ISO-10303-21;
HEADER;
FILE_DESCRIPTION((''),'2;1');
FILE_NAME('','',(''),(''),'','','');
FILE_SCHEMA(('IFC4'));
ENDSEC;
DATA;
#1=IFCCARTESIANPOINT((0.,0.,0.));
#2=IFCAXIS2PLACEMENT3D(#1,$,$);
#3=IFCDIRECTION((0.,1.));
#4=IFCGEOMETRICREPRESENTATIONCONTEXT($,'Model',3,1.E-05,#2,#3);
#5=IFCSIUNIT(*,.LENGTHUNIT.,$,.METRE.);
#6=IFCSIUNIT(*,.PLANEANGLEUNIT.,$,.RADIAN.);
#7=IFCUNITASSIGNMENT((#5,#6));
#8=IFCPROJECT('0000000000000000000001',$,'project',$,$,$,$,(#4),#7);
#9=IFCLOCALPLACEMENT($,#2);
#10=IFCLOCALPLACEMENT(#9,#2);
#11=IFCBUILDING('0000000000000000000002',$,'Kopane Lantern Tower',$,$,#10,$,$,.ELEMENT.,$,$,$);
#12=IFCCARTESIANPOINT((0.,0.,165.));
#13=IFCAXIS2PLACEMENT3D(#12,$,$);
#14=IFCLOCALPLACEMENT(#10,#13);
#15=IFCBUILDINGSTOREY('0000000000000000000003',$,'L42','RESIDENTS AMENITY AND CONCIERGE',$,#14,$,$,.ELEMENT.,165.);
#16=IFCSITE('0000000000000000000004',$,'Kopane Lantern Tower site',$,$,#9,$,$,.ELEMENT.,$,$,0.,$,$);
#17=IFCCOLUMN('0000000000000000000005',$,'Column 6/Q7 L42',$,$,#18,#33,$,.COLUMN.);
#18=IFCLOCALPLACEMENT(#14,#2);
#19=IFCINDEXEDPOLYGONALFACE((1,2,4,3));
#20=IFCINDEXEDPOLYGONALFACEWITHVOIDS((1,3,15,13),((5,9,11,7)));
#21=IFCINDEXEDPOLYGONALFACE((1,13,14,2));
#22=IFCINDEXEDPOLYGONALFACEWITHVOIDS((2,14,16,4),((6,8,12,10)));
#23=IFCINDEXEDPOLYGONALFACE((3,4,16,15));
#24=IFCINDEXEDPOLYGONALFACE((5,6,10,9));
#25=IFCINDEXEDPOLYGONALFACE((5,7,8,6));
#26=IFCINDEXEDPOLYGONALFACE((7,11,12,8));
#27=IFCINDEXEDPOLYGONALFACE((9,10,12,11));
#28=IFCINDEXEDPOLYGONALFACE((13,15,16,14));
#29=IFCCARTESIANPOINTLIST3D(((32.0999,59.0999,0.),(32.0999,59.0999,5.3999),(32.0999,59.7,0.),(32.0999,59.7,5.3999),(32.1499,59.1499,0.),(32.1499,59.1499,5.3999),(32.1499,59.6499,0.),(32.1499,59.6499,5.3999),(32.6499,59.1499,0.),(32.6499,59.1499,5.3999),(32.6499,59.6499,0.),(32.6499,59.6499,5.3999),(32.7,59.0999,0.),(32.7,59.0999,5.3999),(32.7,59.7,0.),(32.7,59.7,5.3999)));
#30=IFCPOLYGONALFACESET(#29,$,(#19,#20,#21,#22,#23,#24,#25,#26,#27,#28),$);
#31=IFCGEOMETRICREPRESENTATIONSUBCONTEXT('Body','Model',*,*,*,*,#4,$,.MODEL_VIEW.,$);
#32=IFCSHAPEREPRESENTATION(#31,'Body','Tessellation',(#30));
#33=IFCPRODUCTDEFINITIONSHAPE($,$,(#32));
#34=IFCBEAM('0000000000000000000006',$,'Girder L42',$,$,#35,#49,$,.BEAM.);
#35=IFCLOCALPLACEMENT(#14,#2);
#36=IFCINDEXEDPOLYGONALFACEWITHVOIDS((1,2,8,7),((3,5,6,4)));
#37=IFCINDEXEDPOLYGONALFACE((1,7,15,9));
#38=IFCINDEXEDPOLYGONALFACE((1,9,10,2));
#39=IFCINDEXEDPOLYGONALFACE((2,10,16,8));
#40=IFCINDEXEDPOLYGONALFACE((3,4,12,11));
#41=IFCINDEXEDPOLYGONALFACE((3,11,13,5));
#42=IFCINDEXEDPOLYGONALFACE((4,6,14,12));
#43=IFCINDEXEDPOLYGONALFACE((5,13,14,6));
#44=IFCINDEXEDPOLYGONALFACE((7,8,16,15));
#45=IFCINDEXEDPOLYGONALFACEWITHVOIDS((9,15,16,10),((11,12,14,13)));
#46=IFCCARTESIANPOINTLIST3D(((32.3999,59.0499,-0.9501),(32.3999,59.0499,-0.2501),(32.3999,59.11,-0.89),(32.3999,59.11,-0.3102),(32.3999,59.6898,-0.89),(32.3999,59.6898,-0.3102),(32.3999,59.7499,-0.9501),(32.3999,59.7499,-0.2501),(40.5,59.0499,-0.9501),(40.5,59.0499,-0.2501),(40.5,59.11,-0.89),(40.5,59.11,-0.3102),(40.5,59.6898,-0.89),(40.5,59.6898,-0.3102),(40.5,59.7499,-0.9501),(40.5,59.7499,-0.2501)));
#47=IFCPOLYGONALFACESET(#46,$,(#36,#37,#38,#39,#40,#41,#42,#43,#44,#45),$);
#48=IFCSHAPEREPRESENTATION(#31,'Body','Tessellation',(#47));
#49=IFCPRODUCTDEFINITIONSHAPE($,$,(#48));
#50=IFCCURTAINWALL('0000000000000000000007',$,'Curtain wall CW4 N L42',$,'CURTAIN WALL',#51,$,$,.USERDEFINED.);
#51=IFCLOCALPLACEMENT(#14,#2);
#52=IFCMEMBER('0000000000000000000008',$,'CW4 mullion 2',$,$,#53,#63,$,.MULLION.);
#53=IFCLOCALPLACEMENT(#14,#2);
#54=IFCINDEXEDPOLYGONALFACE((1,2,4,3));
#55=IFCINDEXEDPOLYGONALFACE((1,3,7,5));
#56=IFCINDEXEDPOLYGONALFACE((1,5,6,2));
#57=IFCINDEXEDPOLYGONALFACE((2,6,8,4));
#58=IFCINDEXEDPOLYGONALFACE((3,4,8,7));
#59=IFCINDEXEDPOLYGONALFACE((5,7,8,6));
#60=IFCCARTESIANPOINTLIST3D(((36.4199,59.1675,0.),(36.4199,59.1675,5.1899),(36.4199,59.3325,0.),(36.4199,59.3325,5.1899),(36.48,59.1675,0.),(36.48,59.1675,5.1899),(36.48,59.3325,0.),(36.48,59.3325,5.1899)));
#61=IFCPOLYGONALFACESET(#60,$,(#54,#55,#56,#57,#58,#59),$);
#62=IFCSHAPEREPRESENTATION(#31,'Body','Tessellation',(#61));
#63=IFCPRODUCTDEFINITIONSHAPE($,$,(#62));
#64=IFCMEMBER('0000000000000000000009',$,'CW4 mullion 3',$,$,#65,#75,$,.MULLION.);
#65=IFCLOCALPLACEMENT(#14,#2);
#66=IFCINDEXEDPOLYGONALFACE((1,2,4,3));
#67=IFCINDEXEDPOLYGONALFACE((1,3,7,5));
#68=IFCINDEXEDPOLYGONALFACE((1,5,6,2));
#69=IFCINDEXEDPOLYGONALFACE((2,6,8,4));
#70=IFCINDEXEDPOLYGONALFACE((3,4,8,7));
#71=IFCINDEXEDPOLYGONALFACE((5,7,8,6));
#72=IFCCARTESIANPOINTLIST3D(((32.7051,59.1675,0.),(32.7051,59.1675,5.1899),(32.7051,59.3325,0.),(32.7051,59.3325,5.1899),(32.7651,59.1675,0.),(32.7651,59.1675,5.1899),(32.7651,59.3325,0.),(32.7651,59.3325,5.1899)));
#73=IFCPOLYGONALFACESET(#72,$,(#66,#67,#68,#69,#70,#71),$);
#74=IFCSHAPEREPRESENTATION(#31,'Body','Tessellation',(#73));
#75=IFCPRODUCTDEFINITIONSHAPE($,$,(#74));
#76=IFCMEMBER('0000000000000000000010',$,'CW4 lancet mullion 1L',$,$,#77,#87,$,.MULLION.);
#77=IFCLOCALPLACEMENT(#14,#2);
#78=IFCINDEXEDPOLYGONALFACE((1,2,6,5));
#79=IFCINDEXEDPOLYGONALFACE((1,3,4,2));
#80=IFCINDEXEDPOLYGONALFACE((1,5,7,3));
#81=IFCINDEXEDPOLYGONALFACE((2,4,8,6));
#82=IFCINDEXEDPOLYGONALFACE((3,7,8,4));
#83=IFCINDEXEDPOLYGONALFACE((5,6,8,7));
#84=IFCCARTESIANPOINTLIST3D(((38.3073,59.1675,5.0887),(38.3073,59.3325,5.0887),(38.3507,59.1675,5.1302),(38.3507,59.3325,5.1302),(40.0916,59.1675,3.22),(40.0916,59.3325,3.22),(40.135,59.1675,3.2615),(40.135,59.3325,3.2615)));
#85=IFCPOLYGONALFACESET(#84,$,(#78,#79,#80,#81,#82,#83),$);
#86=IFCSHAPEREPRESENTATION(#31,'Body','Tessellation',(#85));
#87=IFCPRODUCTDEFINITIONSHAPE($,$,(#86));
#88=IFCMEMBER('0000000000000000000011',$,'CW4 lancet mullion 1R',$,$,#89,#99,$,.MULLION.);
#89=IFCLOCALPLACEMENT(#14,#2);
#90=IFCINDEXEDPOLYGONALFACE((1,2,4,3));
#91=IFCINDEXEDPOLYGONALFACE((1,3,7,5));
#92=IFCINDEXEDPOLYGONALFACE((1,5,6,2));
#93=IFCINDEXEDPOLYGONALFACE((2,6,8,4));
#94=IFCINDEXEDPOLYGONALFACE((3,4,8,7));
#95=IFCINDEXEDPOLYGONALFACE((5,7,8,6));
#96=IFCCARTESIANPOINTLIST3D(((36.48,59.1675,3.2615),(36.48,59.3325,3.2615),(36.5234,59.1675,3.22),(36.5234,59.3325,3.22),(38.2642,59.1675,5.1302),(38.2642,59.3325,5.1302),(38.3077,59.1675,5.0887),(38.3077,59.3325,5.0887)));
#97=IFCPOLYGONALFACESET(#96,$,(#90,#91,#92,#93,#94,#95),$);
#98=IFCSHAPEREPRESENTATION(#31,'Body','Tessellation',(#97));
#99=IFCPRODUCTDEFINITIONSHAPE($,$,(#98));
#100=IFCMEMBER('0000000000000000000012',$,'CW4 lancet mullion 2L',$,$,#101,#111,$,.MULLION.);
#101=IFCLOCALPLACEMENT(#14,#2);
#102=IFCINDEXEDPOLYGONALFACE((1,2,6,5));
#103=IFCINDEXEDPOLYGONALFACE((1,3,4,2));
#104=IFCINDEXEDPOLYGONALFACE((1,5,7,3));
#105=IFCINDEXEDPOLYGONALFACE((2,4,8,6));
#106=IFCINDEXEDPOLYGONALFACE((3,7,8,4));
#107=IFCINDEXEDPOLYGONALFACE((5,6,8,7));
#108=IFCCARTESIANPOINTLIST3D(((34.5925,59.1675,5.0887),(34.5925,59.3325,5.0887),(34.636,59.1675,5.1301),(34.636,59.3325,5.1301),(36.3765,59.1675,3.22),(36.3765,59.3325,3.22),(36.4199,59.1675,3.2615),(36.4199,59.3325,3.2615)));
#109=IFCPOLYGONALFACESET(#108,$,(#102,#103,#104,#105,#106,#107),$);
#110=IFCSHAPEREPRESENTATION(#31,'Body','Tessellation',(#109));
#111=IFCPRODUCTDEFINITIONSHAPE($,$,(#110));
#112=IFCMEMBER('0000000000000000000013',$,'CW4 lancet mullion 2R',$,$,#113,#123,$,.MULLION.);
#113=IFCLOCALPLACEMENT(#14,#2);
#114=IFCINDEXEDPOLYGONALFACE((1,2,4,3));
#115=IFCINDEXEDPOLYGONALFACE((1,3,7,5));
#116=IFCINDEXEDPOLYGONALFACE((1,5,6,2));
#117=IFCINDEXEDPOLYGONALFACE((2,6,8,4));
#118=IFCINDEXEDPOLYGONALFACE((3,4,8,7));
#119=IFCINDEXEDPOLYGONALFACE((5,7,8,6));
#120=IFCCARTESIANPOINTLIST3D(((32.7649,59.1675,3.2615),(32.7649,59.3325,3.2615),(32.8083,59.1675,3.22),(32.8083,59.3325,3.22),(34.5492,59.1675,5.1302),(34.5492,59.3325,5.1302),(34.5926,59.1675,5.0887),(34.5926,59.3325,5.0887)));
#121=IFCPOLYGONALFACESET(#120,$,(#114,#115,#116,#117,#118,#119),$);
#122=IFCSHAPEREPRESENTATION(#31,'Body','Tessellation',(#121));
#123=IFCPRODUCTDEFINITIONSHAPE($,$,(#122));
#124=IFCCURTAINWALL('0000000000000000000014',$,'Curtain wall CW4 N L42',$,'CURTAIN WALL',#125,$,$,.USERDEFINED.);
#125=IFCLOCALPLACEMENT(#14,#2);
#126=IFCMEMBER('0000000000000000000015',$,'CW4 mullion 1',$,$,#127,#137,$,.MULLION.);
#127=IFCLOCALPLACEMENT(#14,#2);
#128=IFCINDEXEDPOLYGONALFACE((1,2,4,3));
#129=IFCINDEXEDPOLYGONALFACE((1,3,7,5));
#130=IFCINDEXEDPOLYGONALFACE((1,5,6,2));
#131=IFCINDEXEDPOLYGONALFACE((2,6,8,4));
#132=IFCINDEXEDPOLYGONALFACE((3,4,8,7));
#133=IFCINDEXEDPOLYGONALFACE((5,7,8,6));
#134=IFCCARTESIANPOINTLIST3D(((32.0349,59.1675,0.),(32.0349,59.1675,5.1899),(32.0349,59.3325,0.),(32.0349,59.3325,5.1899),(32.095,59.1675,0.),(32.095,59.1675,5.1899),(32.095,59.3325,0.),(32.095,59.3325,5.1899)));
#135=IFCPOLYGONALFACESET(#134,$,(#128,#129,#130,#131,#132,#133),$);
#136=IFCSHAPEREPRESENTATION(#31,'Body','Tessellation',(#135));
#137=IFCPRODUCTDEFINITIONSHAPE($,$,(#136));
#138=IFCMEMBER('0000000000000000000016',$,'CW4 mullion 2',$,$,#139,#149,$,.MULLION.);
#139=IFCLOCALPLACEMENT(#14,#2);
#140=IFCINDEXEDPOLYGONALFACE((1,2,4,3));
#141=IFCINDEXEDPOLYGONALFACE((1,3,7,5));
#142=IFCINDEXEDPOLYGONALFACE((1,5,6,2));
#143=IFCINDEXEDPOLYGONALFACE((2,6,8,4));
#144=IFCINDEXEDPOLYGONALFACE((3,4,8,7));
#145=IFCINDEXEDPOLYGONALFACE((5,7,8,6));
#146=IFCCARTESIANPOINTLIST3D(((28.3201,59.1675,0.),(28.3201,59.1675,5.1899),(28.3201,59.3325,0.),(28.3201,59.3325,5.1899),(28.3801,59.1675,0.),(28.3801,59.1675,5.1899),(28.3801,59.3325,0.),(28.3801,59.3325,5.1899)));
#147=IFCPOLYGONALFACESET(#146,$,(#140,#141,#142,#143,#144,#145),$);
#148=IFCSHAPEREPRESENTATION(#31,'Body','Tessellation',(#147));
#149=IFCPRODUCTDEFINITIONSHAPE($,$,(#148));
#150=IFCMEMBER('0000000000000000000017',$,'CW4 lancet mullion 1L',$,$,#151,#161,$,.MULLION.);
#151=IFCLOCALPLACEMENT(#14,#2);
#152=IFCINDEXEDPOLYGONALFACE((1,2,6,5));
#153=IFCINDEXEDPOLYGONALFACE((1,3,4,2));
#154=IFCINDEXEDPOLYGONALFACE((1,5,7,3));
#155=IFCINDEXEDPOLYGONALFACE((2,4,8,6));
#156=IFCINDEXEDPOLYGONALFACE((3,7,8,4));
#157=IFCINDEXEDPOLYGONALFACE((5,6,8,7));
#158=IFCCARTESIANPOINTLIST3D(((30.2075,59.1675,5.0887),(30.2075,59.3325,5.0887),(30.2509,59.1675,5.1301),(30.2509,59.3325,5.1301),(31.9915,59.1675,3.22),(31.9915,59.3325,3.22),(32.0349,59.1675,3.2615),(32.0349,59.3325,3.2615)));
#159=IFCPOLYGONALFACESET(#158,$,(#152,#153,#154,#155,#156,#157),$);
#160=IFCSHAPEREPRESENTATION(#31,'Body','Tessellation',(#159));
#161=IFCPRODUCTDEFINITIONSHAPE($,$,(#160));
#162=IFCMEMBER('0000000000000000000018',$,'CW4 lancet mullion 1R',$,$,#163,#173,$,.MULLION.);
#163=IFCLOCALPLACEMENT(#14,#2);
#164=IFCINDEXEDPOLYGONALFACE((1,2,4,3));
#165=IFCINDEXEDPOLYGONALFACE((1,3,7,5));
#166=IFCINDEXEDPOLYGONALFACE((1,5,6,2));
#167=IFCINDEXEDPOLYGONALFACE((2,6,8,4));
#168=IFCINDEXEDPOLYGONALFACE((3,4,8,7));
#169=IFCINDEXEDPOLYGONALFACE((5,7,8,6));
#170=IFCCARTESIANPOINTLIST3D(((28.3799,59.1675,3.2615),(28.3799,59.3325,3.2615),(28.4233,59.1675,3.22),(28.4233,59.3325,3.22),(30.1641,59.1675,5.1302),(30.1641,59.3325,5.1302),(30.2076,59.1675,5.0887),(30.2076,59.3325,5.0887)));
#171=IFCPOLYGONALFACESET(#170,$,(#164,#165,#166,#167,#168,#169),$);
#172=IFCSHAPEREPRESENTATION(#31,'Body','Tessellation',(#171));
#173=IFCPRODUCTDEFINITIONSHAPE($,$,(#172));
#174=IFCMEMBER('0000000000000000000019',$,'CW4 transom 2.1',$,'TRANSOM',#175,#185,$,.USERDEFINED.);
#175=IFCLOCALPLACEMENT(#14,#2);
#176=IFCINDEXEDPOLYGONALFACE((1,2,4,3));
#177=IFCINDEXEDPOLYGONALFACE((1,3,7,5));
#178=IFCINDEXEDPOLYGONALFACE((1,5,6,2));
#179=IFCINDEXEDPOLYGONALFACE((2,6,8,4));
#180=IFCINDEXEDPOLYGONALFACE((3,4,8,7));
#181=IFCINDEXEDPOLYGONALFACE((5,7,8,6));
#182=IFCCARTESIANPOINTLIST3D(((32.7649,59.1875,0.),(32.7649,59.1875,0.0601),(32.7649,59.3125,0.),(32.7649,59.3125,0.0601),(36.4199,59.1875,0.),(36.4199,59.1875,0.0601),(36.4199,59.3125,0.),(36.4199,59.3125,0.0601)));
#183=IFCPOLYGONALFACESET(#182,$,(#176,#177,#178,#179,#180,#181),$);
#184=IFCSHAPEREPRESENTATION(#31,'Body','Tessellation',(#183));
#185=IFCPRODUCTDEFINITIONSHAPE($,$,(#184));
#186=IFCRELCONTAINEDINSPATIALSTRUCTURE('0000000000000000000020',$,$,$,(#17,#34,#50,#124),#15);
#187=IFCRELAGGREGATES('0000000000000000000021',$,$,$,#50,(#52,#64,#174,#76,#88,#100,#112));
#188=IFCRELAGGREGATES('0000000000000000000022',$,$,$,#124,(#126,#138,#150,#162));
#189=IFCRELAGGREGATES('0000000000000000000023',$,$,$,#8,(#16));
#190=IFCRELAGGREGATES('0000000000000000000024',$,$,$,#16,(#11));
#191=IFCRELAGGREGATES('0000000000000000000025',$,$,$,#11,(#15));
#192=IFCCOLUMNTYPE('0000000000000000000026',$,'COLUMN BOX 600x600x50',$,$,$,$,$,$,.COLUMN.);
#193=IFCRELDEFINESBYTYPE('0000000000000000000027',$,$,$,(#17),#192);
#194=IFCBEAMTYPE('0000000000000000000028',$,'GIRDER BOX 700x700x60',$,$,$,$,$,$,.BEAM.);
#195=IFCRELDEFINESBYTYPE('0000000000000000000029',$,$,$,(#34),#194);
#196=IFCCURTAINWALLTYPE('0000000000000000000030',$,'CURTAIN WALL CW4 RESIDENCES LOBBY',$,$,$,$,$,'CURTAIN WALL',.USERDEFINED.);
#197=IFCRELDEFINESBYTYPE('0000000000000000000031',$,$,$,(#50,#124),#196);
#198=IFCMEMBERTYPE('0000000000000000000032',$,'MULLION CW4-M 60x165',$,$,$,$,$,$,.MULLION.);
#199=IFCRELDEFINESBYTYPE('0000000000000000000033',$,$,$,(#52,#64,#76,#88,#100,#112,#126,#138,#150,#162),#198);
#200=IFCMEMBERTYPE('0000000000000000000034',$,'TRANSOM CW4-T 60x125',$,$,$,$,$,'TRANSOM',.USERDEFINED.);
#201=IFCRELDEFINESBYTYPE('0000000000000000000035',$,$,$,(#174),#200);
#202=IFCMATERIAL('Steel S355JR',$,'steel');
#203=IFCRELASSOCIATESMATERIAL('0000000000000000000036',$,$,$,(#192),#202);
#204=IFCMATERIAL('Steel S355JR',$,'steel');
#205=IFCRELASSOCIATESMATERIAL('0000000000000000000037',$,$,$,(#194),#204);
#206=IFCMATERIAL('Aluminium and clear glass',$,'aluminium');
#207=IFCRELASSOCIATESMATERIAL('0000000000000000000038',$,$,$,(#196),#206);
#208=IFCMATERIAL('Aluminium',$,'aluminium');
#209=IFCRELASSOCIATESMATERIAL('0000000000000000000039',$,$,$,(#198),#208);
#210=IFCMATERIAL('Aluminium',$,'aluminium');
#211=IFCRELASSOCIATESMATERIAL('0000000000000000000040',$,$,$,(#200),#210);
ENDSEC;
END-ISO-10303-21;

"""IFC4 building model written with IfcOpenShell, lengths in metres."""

from ifc_helpers import new_model, si_unit, direction, frame, origin, origin_2d, place, context, subcontext, project, spatial, rectangle, hollow_rectangle, extrude, material, material_profile, profile_set, type_object, element, aggregate, save


model = new_model("IFC4")

# Units and contexts
model_context = context("Model", 3, precision=1e-05, world=origin(), true_north=direction((0.0, 1.0)))
body_context = subcontext(model_context, "Body", "Model", "MODEL_VIEW")
ifc_project = project(units=[si_unit("LENGTHUNIT", "METRE"), si_unit("PLANEANGLEUNIT", "RADIAN")], contexts=[model_context])

# Site, building, storey
site_placement = place(None, origin())
site = spatial("IfcSite", under=ifc_project, at=site_placement, Name="Kopane Lantern Tower site", CompositionType="ELEMENT", RefElevation=0.0)
building_placement = place(site_placement, origin())
building = spatial("IfcBuilding", under=site, at=building_placement, Name="Kopane Lantern Tower", CompositionType="ELEMENT")
storey_placement = place(building_placement, frame((0.0, 0.0, 165.0)))
storey = spatial("IfcBuildingStorey", under=building, at=storey_placement, Name="L42", Description="RESIDENTS AMENITY AND CONCIERGE", CompositionType="ELEMENT", Elevation=165.0)

# Column
ifc_material_1 = material(Name="Steel S355JR", Category="steel")
ifc_material_profile_1 = material_profile(ifc_material_1, hollow_rectangle(XDim=0.6001, YDim=0.6001, WallThickness=0.05, at=origin_2d()), Name="BOX 600x600x50")
ifc_profile_set_1 = profile_set([ifc_material_profile_1], Name="Steel S355JR")
column_type = type_object("IfcColumnType", Name="COLUMN BOX 600x600x50", PredefinedType="COLUMN", material=ifc_profile_set_1)
column_placement = place(storey_placement, frame((32.3999, 59.3999, 0.0), z_axis=(0.0, 0.0, 1.0), x_axis=(1.0, 0.0, 0.0)))
element("IfcColumn", 1, at=column_placement, inside=storey, type_object=column_type, Name="Column 6/Q7 L42", PredefinedType="COLUMN", context=body_context, shape_type="SweptSolid", body=[
    extrude(hollow_rectangle(XDim=0.6001, YDim=0.6001, WallThickness=0.05, at=origin_2d()), origin(), (0.0, 0.0, 1.0), 5.3999),
])

# Beam
ifc_material_2 = material(Name="Steel S355JR", Category="steel")
ifc_material_profile_2 = material_profile(ifc_material_2, hollow_rectangle(XDim=0.7, YDim=0.7, WallThickness=0.0601, at=origin_2d()), Name="BOX 700x700x60")
ifc_profile_set_2 = profile_set([ifc_material_profile_2], Name="Steel S355JR")
beam_type = type_object("IfcBeamType", Name="GIRDER BOX 700x700x60", PredefinedType="BEAM", material=ifc_profile_set_2)
beam_placement = place(storey_placement, frame((32.3999, 59.3999, -0.6001), z_axis=(1.0, 0.0, 0.0), x_axis=(0.0, 1.0, 0.0)))
element("IfcBeam", 2, at=beam_placement, inside=storey, type_object=beam_type, Name="Girder L42", PredefinedType="BEAM", context=body_context, shape_type="SweptSolid", body=[
    extrude(hollow_rectangle(XDim=0.7, YDim=0.7, WallThickness=0.0601, at=origin_2d()), origin(), (0.0, 0.0, 1.0), 8.1001),
])

# Curtain walls, members
ifc_material_3 = material(Name="Aluminium and clear glass", Category="aluminium")
curtain_wall_type = type_object("IfcCurtainWallType", Name="CURTAIN WALL CW4 RESIDENCES LOBBY", ElementType="CURTAIN WALL", PredefinedType="USERDEFINED", material=ifc_material_3)
curtain_wall_1_placement = place(storey_placement, origin())
curtain_wall_1 = element("IfcCurtainWall", 3, at=curtain_wall_1_placement, inside=storey, type_object=curtain_wall_type, Name="Curtain wall CW4 N L42", ObjectType="CURTAIN WALL", PredefinedType="USERDEFINED")
ifc_material_4 = material(Name="Aluminium", Category="aluminium")
ifc_material_profile_3 = material_profile(ifc_material_4, rectangle(XDim=0.0601, YDim=0.165, at=origin_2d()), Name="AL 60x165")
ifc_profile_set_3 = profile_set([ifc_material_profile_3], Name="Aluminium")
member_type_1 = type_object("IfcMemberType", Name="MULLION CW4-M 60x165", PredefinedType="MULLION", material=ifc_profile_set_3)
member_1_placement = place(storey_placement, frame((36.45, 59.25, 0.0), z_axis=(0.0, 0.0, 1.0), x_axis=(-1.0, 0.0, 0.0)))
member_1 = element("IfcMember", 4, at=member_1_placement, type_object=member_type_1, Name="CW4 mullion 2", PredefinedType="MULLION", context=body_context, shape_type="SweptSolid", body=[
    extrude(rectangle(XDim=0.0601, YDim=0.165, at=origin_2d()), origin(), (0.0, 0.0, 1.0), 5.1899),
])
member_2_placement = place(storey_placement, frame((32.7351, 59.25, 0.0), z_axis=(0.0, 0.0, 1.0), x_axis=(-1.0, 0.0, 0.0)))
member_2 = element("IfcMember", 5, at=member_2_placement, type_object=member_type_1, Name="CW4 mullion 3", PredefinedType="MULLION", context=body_context, shape_type="SweptSolid", body=[
    extrude(rectangle(XDim=0.0601, YDim=0.165, at=origin_2d()), origin(), (0.0, 0.0, 1.0), 5.1899),
])
member_3_placement = place(storey_placement, frame((40.1133, 59.25, 3.2407), z_axis=(-0.69057, 0.0, 0.723265), x_axis=(0.723265, 0.0, 0.69057)))
member_3 = element("IfcMember", 6, at=member_3_placement, type_object=member_type_1, Name="CW4 lancet mullion 1L", PredefinedType="MULLION", context=body_context, shape_type="SweptSolid", body=[
    extrude(rectangle(XDim=0.0601, YDim=0.165, at=origin_2d()), origin(), (0.0, 0.0, 1.0), 2.5837),
])
member_4_placement = place(storey_placement, frame((36.5017, 59.25, 3.2407), z_axis=(0.69057, 0.0, 0.723265), x_axis=(-0.723265, 0.0, 0.69057)))
member_4 = element("IfcMember", 7, at=member_4_placement, type_object=member_type_1, Name="CW4 lancet mullion 1R", PredefinedType="MULLION", context=body_context, shape_type="SweptSolid", body=[
    extrude(rectangle(XDim=0.0601, YDim=0.165, at=origin_2d()), origin(), (0.0, 0.0, 1.0), 2.5837),
])
member_5_placement = place(storey_placement, frame((36.3982, 59.25, 3.2407), z_axis=(-0.690521, 0.0, 0.723313), x_axis=(0.723313, 0.0, 0.690521)))
member_5 = element("IfcMember", 8, at=member_5_placement, type_object=member_type_1, Name="CW4 lancet mullion 2L", PredefinedType="MULLION", context=body_context, shape_type="SweptSolid", body=[
    extrude(rectangle(XDim=0.0601, YDim=0.165, at=origin_2d()), origin(), (0.0, 0.0, 1.0), 2.5835),
])
member_6_placement = place(storey_placement, frame((32.7866, 59.25, 3.2407), z_axis=(0.69057, 0.0, 0.723265), x_axis=(-0.723265, 0.0, 0.69057)))
member_6 = element("IfcMember", 9, at=member_6_placement, type_object=member_type_1, Name="CW4 lancet mullion 2R", PredefinedType="MULLION", context=body_context, shape_type="SweptSolid", body=[
    extrude(rectangle(XDim=0.0601, YDim=0.165, at=origin_2d()), origin(), (0.0, 0.0, 1.0), 2.5837),
])
curtain_wall_2_placement = place(storey_placement, origin())
curtain_wall_2 = element("IfcCurtainWall", 10, at=curtain_wall_2_placement, inside=storey, type_object=curtain_wall_type, Name="Curtain wall CW4 N L42", ObjectType="CURTAIN WALL", PredefinedType="USERDEFINED")
member_7_placement = place(storey_placement, frame((32.0649, 59.25, 0.0), z_axis=(0.0, 0.0, 1.0), x_axis=(-1.0, 0.0, 0.0)))
member_7 = element("IfcMember", 11, at=member_7_placement, type_object=member_type_1, Name="CW4 mullion 1", PredefinedType="MULLION", context=body_context, shape_type="SweptSolid", body=[
    extrude(rectangle(XDim=0.0601, YDim=0.165, at=origin_2d()), origin(), (0.0, 0.0, 1.0), 5.1899),
])
member_8_placement = place(storey_placement, frame((28.3501, 59.25, 0.0), z_axis=(0.0, 0.0, 1.0), x_axis=(-1.0, 0.0, 0.0)))
member_8 = element("IfcMember", 12, at=member_8_placement, type_object=member_type_1, Name="CW4 mullion 2", PredefinedType="MULLION", context=body_context, shape_type="SweptSolid", body=[
    extrude(rectangle(XDim=0.0601, YDim=0.165, at=origin_2d()), origin(), (0.0, 0.0, 1.0), 5.1899),
])
member_9_placement = place(storey_placement, frame((32.0132, 59.25, 3.2407), z_axis=(-0.690521, 0.0, 0.723313), x_axis=(0.723313, 0.0, 0.690521)))
member_9 = element("IfcMember", 13, at=member_9_placement, type_object=member_type_1, Name="CW4 lancet mullion 1L", PredefinedType="MULLION", context=body_context, shape_type="SweptSolid", body=[
    extrude(rectangle(XDim=0.0601, YDim=0.165, at=origin_2d()), origin(), (0.0, 0.0, 1.0), 2.5835),
])
member_10_placement = place(storey_placement, frame((28.4016, 59.25, 3.2407), z_axis=(0.69057, 0.0, 0.723265), x_axis=(-0.723265, 0.0, 0.69057)))
member_10 = element("IfcMember", 14, at=member_10_placement, type_object=member_type_1, Name="CW4 lancet mullion 1R", PredefinedType="MULLION", context=body_context, shape_type="SweptSolid", body=[
    extrude(rectangle(XDim=0.0601, YDim=0.165, at=origin_2d()), origin(), (0.0, 0.0, 1.0), 2.5837),
])

# Member
ifc_material_5 = material(Name="Aluminium", Category="aluminium")
ifc_material_profile_4 = material_profile(ifc_material_5, rectangle(XDim=0.125, YDim=0.0601, at=origin_2d()), Name="AL 125x60")
ifc_profile_set_4 = profile_set([ifc_material_profile_4], Name="Aluminium")
member_type_2 = type_object("IfcMemberType", Name="TRANSOM CW4-T 60x125", ElementType="TRANSOM", PredefinedType="USERDEFINED", material=ifc_profile_set_4)
member_11_placement = place(storey_placement, frame((36.4199, 59.25, 0.03), z_axis=(-1.0, 0.0, 0.0), x_axis=(0.0, -1.0, 0.0)))
member_11 = element("IfcMember", 15, at=member_11_placement, type_object=member_type_2, Name="CW4 transom 2.1", ObjectType="TRANSOM", PredefinedType="USERDEFINED", context=body_context, shape_type="SweptSolid", body=[
    extrude(rectangle(XDim=0.125, YDim=0.0601, at=origin_2d()), origin(), (0.0, 0.0, 1.0), 3.655),
])

aggregate(curtain_wall_1, [member_1, member_2, member_11, member_3, member_4, member_5, member_6])
aggregate(curtain_wall_2, [member_7, member_8, member_9, member_10])

save(model, "model.ifc")
